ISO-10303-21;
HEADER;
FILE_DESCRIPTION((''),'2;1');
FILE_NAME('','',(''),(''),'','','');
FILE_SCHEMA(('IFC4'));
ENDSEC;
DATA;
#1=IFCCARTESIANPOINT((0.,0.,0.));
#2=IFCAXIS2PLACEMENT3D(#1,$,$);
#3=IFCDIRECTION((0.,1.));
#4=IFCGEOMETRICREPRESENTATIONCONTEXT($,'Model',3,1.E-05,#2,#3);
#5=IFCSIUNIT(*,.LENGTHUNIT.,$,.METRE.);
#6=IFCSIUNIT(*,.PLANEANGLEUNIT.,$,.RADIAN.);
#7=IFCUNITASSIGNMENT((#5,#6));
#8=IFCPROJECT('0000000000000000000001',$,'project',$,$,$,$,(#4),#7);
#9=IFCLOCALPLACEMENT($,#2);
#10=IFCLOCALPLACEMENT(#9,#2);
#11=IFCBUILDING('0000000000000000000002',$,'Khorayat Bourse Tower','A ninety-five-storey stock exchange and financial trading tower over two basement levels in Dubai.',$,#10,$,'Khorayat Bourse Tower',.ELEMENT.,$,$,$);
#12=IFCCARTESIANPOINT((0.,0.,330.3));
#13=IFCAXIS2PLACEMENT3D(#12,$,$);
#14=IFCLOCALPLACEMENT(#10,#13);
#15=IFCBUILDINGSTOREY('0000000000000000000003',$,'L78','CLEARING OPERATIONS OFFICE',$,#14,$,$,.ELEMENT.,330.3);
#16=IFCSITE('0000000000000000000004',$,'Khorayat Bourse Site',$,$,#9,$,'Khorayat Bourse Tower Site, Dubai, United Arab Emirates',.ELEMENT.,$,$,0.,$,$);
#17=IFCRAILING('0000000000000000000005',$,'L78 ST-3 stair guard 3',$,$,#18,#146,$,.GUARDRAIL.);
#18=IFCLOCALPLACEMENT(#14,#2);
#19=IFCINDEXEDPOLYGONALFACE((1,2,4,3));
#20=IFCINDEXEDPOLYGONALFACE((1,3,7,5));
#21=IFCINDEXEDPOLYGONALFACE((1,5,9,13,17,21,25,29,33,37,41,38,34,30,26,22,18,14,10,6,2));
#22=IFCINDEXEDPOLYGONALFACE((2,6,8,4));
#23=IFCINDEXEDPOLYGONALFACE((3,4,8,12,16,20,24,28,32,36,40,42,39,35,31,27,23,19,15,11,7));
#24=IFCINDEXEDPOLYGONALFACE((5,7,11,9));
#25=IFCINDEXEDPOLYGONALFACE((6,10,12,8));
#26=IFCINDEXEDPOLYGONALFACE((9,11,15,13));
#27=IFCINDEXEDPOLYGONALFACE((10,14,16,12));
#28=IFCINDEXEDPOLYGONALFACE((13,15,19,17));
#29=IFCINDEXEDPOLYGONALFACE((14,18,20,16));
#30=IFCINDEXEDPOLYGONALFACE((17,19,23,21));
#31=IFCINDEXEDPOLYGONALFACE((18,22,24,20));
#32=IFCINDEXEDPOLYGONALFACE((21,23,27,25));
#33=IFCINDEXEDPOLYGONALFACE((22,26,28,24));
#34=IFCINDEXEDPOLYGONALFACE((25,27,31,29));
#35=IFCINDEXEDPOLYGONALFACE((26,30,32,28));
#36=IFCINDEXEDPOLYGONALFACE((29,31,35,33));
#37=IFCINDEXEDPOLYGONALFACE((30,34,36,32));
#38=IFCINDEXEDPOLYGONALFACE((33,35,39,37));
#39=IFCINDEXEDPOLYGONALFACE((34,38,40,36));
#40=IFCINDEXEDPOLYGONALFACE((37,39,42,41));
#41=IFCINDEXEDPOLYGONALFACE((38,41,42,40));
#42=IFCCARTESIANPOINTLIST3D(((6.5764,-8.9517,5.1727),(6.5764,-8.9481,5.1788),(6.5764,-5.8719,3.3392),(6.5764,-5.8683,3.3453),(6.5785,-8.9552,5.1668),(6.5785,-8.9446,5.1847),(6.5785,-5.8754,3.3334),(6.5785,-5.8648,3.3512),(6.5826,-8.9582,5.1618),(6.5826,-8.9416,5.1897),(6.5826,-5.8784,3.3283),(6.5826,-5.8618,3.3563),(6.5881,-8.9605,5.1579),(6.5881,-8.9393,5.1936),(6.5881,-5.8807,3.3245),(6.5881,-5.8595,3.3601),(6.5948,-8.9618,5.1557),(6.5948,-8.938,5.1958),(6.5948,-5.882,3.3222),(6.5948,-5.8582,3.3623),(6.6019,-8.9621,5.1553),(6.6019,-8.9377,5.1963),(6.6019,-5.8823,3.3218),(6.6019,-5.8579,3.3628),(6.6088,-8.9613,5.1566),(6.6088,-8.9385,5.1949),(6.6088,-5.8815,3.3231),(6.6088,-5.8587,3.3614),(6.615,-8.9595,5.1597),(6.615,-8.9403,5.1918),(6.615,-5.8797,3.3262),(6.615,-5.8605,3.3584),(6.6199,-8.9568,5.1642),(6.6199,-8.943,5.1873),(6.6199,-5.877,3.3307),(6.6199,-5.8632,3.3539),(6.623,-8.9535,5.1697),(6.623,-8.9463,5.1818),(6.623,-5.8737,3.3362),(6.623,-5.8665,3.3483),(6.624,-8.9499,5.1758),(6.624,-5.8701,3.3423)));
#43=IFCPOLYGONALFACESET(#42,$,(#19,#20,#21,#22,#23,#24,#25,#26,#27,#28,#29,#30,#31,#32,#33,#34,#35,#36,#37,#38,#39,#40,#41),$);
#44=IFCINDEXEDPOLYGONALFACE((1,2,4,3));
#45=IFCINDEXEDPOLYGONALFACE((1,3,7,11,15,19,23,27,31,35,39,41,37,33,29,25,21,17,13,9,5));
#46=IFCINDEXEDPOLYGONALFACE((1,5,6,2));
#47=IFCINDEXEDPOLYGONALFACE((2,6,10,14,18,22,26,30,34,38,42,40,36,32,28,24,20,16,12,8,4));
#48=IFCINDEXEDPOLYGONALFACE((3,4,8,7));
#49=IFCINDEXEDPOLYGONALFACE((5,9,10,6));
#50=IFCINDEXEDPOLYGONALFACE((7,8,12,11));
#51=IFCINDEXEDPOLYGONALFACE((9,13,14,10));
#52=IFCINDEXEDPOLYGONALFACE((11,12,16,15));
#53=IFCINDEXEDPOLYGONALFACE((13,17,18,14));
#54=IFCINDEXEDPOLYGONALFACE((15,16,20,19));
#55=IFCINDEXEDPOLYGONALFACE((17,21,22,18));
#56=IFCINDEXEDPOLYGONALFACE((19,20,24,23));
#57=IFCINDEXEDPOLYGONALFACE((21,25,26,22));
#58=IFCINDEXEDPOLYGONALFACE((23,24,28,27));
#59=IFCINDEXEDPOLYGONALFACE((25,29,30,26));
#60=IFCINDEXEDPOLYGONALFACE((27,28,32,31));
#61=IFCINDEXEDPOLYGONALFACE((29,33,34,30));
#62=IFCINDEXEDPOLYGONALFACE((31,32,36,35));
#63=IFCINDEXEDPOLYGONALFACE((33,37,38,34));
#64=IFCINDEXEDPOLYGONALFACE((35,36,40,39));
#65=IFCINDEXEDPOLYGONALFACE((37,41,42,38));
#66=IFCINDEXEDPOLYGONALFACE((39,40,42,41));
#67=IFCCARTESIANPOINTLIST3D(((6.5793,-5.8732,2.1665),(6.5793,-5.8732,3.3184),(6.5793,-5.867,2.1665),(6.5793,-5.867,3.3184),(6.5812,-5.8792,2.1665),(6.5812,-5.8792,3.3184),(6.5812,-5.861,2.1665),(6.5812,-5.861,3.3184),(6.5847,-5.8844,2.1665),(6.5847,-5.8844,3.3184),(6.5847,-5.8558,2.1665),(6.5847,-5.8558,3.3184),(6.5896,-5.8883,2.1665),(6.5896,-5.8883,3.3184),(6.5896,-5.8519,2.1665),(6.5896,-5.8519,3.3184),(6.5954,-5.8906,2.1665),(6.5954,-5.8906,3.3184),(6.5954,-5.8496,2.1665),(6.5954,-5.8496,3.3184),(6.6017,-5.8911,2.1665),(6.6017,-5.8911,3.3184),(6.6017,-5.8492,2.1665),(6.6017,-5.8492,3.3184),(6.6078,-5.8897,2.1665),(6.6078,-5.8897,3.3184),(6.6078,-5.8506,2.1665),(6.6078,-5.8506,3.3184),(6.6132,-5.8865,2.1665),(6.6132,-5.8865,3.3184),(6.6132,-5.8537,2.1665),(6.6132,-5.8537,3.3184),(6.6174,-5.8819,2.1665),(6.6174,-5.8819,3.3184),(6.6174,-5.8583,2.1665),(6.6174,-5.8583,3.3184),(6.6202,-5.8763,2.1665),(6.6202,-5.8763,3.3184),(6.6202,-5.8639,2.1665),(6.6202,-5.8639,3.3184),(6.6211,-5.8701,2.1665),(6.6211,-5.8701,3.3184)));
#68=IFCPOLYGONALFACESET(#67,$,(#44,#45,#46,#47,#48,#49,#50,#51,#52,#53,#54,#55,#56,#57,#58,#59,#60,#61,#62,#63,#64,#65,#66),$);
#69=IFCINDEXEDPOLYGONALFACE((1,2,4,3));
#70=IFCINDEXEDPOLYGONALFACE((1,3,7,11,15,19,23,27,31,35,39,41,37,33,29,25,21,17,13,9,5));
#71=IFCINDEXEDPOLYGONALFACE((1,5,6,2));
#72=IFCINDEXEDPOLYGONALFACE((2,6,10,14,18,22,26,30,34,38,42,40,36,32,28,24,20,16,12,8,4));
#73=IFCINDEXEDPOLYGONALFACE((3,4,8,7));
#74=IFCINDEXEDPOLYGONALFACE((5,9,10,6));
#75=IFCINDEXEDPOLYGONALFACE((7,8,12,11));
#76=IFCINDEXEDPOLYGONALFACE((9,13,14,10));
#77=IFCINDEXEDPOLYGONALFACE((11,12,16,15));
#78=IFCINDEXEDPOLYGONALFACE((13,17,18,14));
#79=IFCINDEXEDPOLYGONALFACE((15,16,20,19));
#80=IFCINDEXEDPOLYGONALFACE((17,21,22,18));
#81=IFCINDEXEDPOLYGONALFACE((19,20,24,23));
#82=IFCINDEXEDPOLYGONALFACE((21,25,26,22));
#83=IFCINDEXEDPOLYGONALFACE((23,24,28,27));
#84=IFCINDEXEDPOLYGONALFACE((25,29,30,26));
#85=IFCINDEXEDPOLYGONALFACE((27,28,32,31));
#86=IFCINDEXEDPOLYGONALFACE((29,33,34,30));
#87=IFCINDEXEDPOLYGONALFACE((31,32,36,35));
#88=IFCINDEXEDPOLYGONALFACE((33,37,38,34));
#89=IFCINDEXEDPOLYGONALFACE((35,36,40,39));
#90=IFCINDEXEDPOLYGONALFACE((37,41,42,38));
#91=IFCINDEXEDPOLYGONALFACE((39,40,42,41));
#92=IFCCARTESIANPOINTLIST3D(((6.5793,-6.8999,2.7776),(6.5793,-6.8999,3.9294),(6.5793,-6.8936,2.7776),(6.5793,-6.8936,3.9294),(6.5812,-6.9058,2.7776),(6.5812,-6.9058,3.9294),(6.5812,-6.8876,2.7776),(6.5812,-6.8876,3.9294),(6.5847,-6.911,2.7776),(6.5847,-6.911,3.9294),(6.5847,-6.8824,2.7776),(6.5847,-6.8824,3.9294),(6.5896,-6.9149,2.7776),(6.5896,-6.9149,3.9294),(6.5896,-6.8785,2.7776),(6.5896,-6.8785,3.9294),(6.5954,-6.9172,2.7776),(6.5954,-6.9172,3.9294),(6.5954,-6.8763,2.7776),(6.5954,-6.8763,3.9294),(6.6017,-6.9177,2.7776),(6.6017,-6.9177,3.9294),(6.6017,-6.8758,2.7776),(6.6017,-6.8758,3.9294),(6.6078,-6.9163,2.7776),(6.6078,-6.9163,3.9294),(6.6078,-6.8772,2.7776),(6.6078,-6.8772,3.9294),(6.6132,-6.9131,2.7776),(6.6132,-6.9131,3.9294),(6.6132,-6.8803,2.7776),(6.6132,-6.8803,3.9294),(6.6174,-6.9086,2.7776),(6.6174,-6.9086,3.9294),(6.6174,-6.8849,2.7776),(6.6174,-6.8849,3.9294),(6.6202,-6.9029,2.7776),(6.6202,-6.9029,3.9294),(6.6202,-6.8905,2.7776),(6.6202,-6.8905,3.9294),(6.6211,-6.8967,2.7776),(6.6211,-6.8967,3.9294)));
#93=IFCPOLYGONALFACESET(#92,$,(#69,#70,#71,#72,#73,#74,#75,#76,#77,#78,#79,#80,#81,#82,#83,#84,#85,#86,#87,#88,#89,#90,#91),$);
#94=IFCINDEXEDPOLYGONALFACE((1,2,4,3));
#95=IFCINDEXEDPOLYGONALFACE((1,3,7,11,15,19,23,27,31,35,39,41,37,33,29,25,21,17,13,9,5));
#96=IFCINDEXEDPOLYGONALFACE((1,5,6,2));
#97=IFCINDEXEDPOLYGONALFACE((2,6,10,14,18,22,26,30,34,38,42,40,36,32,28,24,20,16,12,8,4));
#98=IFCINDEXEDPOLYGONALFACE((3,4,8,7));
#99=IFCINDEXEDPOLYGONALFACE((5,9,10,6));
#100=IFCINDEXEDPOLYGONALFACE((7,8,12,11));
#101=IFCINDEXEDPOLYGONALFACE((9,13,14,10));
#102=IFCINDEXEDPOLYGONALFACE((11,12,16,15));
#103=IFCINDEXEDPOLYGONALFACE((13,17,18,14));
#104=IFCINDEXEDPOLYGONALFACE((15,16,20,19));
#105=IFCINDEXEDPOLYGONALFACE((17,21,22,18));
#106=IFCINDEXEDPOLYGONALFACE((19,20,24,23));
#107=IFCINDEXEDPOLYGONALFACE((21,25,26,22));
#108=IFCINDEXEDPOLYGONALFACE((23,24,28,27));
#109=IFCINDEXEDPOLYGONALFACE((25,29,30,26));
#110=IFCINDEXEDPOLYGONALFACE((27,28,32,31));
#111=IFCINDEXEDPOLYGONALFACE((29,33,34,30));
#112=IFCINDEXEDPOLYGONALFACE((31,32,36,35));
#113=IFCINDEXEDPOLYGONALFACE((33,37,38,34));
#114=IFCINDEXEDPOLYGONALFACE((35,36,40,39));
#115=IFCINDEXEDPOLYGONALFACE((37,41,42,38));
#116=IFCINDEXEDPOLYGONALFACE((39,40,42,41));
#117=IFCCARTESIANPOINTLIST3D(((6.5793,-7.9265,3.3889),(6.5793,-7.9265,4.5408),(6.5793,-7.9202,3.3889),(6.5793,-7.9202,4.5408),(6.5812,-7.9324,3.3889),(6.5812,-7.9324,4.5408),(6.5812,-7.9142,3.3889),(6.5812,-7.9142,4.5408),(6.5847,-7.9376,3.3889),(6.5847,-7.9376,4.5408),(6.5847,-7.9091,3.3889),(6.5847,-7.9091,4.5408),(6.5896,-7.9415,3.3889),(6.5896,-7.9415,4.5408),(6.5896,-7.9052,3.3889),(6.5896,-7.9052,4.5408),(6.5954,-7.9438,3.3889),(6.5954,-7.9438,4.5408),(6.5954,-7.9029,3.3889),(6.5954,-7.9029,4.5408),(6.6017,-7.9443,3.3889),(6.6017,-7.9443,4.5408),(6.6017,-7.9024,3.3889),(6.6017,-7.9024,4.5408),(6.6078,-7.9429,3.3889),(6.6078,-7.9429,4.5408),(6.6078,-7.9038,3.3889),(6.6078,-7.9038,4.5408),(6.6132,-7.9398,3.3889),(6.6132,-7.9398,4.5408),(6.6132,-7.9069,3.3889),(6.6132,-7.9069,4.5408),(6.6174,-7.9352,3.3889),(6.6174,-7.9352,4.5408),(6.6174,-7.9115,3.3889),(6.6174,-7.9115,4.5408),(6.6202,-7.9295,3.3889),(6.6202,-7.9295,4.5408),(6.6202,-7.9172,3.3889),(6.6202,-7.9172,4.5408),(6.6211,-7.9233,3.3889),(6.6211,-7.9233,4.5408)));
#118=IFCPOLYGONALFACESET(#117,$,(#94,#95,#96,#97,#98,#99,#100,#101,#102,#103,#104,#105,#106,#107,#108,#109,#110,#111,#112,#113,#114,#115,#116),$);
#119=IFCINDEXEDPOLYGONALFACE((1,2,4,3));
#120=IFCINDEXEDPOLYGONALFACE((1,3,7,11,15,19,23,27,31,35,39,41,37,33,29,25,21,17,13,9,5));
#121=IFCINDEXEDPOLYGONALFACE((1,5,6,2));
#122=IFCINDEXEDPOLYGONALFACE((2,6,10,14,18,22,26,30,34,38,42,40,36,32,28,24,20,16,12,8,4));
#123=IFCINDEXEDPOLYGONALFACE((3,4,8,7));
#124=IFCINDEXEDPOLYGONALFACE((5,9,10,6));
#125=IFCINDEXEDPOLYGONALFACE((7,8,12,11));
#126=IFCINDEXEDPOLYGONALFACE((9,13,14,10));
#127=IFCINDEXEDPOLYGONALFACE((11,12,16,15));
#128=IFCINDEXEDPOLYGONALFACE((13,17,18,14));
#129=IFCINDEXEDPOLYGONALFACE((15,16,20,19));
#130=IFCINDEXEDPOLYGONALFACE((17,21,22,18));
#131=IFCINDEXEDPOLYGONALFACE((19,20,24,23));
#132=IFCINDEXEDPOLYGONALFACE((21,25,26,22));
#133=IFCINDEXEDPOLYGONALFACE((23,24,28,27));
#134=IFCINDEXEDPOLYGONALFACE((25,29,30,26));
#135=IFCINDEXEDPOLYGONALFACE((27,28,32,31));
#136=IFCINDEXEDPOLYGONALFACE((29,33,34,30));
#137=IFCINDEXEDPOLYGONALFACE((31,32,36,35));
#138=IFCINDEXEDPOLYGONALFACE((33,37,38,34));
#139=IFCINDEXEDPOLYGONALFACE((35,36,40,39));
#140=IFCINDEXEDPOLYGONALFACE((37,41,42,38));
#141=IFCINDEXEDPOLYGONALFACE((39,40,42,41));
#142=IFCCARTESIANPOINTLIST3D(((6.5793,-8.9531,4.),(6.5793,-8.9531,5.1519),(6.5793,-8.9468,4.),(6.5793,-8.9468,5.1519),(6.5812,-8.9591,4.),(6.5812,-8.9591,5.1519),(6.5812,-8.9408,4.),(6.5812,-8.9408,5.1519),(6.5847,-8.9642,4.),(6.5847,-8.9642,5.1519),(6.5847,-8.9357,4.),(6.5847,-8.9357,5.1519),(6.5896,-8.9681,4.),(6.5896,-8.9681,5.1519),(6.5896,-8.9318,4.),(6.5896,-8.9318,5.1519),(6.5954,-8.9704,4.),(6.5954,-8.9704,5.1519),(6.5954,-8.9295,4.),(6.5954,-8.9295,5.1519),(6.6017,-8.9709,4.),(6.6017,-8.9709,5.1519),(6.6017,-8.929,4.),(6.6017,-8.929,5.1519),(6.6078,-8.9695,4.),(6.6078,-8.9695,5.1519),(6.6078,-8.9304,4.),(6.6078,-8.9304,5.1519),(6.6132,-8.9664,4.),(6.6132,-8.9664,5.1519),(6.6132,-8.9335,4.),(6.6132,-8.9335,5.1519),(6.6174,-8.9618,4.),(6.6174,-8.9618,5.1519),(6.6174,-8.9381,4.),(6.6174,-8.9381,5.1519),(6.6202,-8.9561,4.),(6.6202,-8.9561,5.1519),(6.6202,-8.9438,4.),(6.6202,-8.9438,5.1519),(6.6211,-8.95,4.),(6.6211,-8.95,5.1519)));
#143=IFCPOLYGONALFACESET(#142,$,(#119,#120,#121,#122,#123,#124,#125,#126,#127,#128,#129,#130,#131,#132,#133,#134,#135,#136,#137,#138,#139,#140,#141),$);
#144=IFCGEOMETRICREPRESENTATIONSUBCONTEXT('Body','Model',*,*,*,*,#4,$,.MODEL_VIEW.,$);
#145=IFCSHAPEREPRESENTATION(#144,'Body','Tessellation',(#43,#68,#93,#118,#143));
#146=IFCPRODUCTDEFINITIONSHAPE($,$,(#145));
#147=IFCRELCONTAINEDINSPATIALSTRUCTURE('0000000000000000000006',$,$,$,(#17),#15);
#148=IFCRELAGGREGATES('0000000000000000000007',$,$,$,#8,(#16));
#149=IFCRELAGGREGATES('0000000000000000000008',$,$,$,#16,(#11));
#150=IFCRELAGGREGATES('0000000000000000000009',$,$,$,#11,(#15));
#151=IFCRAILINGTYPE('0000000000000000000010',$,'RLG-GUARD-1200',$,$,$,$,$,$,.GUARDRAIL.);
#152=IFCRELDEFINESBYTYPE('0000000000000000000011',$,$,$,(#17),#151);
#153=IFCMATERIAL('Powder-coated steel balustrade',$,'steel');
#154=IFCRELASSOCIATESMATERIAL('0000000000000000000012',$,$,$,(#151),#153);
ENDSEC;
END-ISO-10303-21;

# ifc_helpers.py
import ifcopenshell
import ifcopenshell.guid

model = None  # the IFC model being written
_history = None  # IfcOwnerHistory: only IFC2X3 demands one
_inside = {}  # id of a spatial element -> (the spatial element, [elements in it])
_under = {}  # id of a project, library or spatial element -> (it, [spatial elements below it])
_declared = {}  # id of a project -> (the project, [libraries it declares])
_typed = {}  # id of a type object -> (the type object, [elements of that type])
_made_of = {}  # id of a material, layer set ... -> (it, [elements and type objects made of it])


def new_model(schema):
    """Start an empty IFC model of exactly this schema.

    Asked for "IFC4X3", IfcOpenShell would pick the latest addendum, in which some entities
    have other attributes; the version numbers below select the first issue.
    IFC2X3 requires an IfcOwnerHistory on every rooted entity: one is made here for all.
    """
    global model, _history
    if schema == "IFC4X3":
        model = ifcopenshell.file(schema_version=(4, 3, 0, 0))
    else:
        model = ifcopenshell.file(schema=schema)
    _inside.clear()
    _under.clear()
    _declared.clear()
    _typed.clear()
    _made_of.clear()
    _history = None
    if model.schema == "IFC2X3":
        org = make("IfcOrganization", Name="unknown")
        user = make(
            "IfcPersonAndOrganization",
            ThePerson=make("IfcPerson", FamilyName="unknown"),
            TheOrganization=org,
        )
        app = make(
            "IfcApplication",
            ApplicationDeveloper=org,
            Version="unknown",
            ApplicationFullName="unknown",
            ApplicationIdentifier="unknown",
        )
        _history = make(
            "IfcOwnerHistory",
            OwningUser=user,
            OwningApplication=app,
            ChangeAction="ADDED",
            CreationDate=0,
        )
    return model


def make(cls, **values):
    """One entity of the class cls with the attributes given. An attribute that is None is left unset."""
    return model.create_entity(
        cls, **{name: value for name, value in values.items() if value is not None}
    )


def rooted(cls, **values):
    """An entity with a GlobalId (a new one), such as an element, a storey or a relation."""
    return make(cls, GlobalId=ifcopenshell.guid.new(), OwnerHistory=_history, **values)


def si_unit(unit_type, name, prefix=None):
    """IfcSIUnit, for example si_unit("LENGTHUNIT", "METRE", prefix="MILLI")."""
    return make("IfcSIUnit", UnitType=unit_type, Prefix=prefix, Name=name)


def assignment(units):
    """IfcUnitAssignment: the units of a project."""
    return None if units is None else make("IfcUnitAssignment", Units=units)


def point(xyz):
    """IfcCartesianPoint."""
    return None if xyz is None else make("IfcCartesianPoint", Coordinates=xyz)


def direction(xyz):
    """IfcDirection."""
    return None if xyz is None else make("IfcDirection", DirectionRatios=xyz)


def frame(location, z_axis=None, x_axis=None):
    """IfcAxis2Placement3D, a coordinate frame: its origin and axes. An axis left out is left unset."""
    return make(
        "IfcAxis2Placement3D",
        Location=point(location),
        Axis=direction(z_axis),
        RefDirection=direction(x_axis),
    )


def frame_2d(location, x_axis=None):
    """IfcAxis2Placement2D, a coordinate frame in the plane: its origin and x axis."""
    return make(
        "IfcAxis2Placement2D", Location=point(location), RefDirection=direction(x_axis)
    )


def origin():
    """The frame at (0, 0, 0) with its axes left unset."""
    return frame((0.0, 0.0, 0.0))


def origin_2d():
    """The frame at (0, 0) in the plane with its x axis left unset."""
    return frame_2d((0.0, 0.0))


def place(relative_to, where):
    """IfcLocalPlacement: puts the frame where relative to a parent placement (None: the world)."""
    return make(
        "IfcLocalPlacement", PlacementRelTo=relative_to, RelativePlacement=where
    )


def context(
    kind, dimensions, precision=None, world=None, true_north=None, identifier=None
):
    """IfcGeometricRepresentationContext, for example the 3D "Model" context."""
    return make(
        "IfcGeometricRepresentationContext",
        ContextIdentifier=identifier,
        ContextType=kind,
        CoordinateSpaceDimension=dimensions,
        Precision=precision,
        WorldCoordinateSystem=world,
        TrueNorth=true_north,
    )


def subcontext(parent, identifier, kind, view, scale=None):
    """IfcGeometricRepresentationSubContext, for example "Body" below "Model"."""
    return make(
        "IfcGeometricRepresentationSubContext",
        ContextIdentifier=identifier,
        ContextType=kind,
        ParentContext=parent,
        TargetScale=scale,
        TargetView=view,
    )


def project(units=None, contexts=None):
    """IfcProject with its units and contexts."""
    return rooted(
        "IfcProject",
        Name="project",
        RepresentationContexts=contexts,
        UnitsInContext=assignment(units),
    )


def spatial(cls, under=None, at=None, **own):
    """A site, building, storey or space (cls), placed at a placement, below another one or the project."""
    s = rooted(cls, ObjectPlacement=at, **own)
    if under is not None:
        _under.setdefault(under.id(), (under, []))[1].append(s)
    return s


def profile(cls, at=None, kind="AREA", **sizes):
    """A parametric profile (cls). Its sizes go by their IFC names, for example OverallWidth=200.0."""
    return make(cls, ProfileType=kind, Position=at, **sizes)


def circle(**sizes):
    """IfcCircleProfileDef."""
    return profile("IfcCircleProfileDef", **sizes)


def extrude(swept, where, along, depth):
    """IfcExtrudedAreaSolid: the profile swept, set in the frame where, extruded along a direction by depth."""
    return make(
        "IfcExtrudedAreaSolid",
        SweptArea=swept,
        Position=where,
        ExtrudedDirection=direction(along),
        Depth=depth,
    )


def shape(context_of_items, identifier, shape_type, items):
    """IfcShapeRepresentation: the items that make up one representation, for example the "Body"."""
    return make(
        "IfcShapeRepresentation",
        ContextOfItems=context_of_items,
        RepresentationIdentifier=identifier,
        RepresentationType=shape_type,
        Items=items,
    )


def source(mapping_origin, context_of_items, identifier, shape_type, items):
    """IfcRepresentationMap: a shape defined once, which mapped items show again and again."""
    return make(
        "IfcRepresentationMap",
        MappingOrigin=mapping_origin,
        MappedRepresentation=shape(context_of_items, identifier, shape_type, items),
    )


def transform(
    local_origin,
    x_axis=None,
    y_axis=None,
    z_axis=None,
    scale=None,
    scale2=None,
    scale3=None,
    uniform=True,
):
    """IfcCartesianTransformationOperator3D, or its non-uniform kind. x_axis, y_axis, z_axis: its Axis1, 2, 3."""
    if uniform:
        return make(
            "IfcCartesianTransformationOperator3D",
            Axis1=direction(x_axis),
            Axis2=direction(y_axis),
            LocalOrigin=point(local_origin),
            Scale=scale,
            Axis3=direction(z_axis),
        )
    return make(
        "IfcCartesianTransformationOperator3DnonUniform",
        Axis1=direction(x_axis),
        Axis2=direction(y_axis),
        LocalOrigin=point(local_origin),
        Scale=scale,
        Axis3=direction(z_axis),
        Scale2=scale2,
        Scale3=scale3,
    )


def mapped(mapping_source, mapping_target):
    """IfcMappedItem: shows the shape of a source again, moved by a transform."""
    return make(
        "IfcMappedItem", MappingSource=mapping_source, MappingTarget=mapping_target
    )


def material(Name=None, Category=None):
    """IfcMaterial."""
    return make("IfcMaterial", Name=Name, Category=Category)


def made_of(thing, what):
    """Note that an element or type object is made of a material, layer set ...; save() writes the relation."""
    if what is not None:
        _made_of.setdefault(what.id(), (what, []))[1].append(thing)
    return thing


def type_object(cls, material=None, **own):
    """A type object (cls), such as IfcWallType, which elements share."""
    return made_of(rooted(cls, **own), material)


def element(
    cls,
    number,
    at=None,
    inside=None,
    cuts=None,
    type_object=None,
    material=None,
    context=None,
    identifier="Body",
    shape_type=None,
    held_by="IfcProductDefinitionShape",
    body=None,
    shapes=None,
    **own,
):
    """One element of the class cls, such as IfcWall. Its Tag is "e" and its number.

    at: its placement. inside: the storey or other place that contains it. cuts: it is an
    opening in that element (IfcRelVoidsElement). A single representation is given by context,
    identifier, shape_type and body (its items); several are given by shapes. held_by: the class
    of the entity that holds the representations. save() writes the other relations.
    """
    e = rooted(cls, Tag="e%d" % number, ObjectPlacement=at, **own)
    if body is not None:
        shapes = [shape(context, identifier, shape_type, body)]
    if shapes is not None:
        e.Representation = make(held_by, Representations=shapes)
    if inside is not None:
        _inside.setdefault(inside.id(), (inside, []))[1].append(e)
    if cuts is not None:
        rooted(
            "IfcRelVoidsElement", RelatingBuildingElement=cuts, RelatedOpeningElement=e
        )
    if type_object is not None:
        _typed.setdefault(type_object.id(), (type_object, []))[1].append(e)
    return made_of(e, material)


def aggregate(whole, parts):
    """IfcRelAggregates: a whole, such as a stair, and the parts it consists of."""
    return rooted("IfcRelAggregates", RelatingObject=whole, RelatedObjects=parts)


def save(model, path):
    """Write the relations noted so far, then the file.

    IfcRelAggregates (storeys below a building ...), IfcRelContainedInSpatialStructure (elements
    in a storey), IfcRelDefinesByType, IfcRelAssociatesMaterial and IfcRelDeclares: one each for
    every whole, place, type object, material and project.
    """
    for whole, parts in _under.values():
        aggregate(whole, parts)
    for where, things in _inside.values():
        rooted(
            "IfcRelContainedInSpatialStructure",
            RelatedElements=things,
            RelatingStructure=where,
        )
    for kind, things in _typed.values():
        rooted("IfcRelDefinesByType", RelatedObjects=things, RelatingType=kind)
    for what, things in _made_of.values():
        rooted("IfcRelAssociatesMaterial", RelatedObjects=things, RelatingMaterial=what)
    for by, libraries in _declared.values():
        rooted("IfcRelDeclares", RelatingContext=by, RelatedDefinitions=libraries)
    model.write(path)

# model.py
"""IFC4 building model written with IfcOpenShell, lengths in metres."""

from ifc_helpers import new_model, si_unit, direction, frame, origin, origin_2d, place, context, subcontext, project, spatial, circle, extrude, source, transform, mapped, material, type_object, element, save


model = new_model("IFC4")

# Units and contexts
model_context = context("Model", 3, precision=1e-05, world=origin(), true_north=direction((0.0, 1.0)))
body_context = subcontext(model_context, "Body", "Model", "MODEL_VIEW")
ifc_project = project(units=[si_unit("LENGTHUNIT", "METRE"), si_unit("PLANEANGLEUNIT", "RADIAN")], contexts=[model_context])

# Site, building, storey
site_placement = place(None, origin())
site = spatial("IfcSite", under=ifc_project, at=site_placement, Name="Khorayat Bourse Site", LongName="Khorayat Bourse Tower Site, Dubai, United Arab Emirates", CompositionType="ELEMENT", RefElevation=0.0)
building_placement = place(site_placement, origin())
building = spatial("IfcBuilding", under=site, at=building_placement, Name="Khorayat Bourse Tower", Description="A ninety-five-storey stock exchange and financial trading tower over two basement levels in Dubai.", LongName="Khorayat Bourse Tower", CompositionType="ELEMENT")
storey_placement = place(building_placement, frame((0.0, 0.0, 330.3)))
storey = spatial("IfcBuildingStorey", under=building, at=storey_placement, Name="L78", Description="CLEARING OPERATIONS OFFICE", CompositionType="ELEMENT", Elevation=330.3)

# Railing
ifc_material_1 = material(Name="Powder-coated steel balustrade", Category="steel")
railing_type_1 = type_object("IfcRailingType", Name="RLG-GUARD-1200", PredefinedType="GUARDRAIL", material=ifc_material_1)
shared_shape_1 = source(origin(), body_context, "Body", "SweptSolid", [
    extrude(circle(Radius=0.0239, at=origin_2d()), frame((0.0, 0.0, 1.1758), z_axis=(0.0, -0.859261, 0.511538), x_axis=(1.0, 0.0, 0.0)), (0.0, 0.0, 1.0), 3.5842),
    extrude(circle(Radius=0.021, at=origin_2d()), origin(), (0.0, 0.0, 1.0), 1.1519),
    extrude(circle(Radius=0.021, at=origin_2d()), frame((0.0, -1.0266, 0.6111)), (0.0, 0.0, 1.0), 1.1519),
    extrude(circle(Radius=0.021, at=origin_2d()), frame((0.0, -2.0532, 1.2224)), (0.0, 0.0, 1.0), 1.1519),
    extrude(circle(Radius=0.021, at=origin_2d()), frame((0.0, -3.0798, 1.8335)), (0.0, 0.0, 1.0), 1.1519),
])
railing_1_placement = place(storey_placement, frame((6.6001, -5.8701, 2.1665)))
element("IfcRailing", 1, at=railing_1_placement, inside=storey, type_object=railing_type_1, Name="L78 ST-3 stair guard 3", PredefinedType="GUARDRAIL", context=body_context, shape_type="MappedRepresentation", body=[
    mapped(shared_shape_1, transform((0.0, 0.0, 0.0), scale=1.0)),
])

save(model, "model.ifc")
